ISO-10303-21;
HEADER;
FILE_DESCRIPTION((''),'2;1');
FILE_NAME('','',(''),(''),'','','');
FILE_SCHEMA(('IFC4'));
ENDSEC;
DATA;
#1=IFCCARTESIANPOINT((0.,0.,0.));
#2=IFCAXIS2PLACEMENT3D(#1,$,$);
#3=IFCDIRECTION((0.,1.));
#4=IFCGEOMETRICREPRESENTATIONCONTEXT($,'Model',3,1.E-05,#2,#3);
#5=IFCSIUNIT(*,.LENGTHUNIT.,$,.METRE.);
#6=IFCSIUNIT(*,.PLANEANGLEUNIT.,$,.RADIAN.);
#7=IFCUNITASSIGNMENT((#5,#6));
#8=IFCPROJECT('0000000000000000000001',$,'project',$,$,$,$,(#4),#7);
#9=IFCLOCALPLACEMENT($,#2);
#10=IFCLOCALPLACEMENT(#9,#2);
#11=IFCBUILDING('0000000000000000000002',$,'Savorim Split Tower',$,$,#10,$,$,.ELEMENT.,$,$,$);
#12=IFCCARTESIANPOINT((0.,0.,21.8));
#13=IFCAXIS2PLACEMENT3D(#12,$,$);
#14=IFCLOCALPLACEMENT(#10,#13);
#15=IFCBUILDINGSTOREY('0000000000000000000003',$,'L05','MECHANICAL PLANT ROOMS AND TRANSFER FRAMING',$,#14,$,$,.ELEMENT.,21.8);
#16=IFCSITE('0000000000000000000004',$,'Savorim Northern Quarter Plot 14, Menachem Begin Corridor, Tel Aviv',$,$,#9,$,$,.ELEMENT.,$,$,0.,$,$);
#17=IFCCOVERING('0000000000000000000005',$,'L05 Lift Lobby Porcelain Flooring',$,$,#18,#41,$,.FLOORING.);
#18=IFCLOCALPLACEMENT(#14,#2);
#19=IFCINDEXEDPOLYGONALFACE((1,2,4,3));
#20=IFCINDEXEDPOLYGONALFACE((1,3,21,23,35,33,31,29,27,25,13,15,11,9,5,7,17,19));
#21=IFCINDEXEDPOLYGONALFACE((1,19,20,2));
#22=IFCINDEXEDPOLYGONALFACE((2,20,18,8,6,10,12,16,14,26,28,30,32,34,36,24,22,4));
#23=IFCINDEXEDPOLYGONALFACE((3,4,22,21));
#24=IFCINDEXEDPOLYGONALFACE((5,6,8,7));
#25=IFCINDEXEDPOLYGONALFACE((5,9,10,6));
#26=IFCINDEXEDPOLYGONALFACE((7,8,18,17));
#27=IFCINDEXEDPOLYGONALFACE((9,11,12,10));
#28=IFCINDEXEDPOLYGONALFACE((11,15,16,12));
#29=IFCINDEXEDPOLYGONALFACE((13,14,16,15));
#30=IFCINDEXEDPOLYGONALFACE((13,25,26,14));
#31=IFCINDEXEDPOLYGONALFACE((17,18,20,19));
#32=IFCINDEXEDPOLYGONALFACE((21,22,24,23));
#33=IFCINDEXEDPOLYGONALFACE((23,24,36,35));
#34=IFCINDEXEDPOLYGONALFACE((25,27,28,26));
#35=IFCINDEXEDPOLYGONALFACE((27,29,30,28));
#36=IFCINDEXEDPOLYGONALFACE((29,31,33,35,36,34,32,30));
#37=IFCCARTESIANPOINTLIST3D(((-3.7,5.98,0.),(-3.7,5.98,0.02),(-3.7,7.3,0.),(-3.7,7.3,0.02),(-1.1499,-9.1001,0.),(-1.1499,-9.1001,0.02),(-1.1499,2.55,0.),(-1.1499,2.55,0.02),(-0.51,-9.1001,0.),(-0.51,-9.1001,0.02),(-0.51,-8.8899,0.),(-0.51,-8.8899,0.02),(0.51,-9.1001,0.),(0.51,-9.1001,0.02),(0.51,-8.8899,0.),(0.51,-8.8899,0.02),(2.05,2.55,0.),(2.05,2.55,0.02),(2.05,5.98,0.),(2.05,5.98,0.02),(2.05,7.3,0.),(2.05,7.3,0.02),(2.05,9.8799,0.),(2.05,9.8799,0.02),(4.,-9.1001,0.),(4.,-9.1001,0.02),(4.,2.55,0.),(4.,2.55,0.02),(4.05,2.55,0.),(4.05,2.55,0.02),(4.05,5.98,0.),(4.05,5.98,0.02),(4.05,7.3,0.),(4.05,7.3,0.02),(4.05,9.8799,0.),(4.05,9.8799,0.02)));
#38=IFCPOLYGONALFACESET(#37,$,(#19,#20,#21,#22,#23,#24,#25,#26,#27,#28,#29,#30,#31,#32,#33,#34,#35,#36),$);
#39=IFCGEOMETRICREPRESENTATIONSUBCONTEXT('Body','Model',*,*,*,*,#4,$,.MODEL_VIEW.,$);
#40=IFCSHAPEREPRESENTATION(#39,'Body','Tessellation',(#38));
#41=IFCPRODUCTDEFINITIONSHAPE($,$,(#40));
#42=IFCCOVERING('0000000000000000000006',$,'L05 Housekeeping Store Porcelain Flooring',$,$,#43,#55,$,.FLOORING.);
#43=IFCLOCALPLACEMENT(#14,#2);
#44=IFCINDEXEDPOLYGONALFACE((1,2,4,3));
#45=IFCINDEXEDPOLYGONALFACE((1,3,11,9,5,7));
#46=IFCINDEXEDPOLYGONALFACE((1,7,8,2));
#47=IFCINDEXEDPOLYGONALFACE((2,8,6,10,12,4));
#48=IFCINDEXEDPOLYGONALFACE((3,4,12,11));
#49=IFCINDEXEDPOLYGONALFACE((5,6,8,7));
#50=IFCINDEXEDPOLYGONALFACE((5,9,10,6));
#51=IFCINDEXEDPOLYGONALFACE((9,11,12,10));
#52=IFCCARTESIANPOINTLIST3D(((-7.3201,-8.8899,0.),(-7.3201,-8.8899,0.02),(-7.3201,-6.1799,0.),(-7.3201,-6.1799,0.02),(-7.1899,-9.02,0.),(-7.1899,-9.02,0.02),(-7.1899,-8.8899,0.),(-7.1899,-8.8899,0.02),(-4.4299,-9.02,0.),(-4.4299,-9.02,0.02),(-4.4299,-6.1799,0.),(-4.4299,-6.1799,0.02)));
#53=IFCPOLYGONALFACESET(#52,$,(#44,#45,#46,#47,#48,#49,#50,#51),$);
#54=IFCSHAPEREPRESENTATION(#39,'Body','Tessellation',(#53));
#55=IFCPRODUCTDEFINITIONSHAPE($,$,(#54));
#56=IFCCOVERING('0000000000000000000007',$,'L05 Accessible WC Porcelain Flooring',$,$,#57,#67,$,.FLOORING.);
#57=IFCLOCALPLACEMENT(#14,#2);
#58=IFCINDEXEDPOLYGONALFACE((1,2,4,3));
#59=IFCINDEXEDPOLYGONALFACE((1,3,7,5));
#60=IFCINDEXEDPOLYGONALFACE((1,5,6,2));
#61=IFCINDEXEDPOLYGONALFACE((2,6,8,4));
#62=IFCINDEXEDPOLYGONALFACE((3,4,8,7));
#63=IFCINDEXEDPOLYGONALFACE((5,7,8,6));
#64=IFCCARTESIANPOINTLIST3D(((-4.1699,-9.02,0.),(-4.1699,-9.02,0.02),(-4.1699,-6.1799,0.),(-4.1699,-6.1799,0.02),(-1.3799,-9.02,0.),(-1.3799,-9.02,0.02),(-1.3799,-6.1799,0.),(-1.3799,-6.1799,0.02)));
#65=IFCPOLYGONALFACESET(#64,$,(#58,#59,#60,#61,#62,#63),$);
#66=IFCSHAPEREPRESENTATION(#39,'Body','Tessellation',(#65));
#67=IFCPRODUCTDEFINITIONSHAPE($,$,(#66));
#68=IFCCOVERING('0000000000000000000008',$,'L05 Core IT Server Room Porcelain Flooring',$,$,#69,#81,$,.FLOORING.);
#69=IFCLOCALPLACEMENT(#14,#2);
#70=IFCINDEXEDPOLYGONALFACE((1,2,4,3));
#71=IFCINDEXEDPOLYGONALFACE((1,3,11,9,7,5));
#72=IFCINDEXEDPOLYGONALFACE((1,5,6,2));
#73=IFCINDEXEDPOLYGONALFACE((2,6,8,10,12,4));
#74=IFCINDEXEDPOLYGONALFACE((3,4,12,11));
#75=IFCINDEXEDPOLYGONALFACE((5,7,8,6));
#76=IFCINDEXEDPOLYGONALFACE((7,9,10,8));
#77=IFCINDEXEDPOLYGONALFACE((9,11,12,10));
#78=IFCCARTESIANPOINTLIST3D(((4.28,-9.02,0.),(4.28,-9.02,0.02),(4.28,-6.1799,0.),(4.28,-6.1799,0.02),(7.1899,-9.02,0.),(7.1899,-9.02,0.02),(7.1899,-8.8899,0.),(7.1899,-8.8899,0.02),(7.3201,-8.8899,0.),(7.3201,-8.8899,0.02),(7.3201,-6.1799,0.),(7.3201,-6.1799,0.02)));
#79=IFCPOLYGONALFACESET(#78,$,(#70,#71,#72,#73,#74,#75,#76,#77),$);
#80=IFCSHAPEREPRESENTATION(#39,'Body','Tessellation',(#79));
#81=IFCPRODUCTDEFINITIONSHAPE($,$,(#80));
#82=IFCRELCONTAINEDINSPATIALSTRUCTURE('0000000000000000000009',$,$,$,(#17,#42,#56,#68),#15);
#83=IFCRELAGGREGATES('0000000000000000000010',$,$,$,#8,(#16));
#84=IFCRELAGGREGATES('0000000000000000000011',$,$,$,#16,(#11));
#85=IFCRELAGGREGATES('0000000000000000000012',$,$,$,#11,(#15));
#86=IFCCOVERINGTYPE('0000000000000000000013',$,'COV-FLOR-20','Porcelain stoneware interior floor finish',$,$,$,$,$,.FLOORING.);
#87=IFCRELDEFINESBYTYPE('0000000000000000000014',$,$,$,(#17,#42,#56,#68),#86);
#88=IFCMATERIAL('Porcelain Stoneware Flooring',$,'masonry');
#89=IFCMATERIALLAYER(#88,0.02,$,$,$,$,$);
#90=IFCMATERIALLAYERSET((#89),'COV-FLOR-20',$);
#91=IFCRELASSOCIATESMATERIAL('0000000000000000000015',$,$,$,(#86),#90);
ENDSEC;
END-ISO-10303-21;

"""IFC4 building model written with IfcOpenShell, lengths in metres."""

from ifc_helpers import new_model, si_unit, direction, frame, origin, place, context, subcontext, project, spatial, polyline, outline, extrude, material, layer, layer_set, type_object, element, save


model = new_model("IFC4")

# Units and contexts
model_context = context("Model", 3, precision=1e-05, world=origin(), true_north=direction((0.0, 1.0)))
body_context = subcontext(model_context, "Body", "Model", "MODEL_VIEW")
ifc_project = project(units=[si_unit("LENGTHUNIT", "METRE"), si_unit("PLANEANGLEUNIT", "RADIAN")], contexts=[model_context])

# Site, building, storey
site_placement = place(None, origin())
site = spatial("IfcSite", under=ifc_project, at=site_placement, Name="Savorim Northern Quarter Plot 14, Menachem Begin Corridor, Tel Aviv", CompositionType="ELEMENT", RefElevation=0.0)
building_placement = place(site_placement, origin())
building = spatial("IfcBuilding", under=site, at=building_placement, Name="Savorim Split Tower", CompositionType="ELEMENT")
storey_placement = place(building_placement, frame((0.0, 0.0, 21.8)))
storey = spatial("IfcBuildingStorey", under=building, at=storey_placement, Name="L05", Description="MECHANICAL PLANT ROOMS AND TRANSFER FRAMING", CompositionType="ELEMENT", Elevation=21.8)

# Coverings
ifc_material_1 = material(Name="Porcelain Stoneware Flooring", Category="masonry")
ifc_layer_1 = layer(ifc_material_1, 0.02)
ifc_layer_set_1 = layer_set([ifc_layer_1], Name="COV-FLOR-20")
covering_type_1 = type_object("IfcCoveringType", Name="COV-FLOR-20", Description="Porcelain stoneware interior floor finish", PredefinedType="FLOORING", material=ifc_layer_set_1)
covering_1_placement = place(storey_placement, origin())
element("IfcCovering", 1, at=covering_1_placement, inside=storey, type_object=covering_type_1, Name="L05 Lift Lobby Porcelain Flooring", PredefinedType="FLOORING", context=body_context, shape_type="SweptSolid", body=[
    extrude(outline(polyline([(2.05, 2.55), (-1.1499, 2.55), (-1.1499, -9.1001), (-0.51, -9.1001), (-0.51, -8.8899), (0.51, -8.8899), (0.51, -9.1001), (4.0, -9.1001), (4.0, 2.55), (4.05, 2.55), (4.05, 5.98), (4.05, 7.3), (4.05, 9.8799), (2.05, 9.8799), (2.05, 7.3), (-3.7, 7.3), (-3.7, 5.98), (2.05, 5.98), (2.05, 2.55)])), origin(), (0.0, 0.0, 1.0), 0.02),
])
covering_2_placement = place(storey_placement, origin())
element("IfcCovering", 2, at=covering_2_placement, inside=storey, type_object=covering_type_1, Name="L05 Housekeeping Store Porcelain Flooring", PredefinedType="FLOORING", context=body_context, shape_type="SweptSolid", body=[
    extrude(outline(polyline([(-4.4299, -6.1799), (-7.3201, -6.1799), (-7.3201, -8.8899), (-7.1899, -8.8899), (-7.1899, -9.02), (-4.4299, -9.02), (-4.4299, -6.1799)])), origin(), (0.0, 0.0, 1.0), 0.02),
])
covering_3_placement = place(storey_placement, origin())
element("IfcCovering", 3, at=covering_3_placement, inside=storey, type_object=covering_type_1, Name="L05 Accessible WC Porcelain Flooring", PredefinedType="FLOORING", context=body_context, shape_type="SweptSolid", body=[
    extrude(outline(polyline([(-4.1699, -6.1799), (-4.1699, -9.02), (-1.3799, -9.02), (-1.3799, -6.1799), (-4.1699, -6.1799)])), origin(), (0.0, 0.0, 1.0), 0.02),
])
covering_4_placement = place(storey_placement, origin())
element("IfcCovering", 4, at=covering_4_placement, inside=storey, type_object=covering_type_1, Name="L05 Core IT Server Room Porcelain Flooring", PredefinedType="FLOORING", context=body_context, shape_type="SweptSolid", body=[
    extrude(outline(polyline([(4.28, -6.1799), (4.28, -9.02), (7.1899, -9.02), (7.1899, -8.8899), (7.3201, -8.8899), (7.3201, -6.1799), (4.28, -6.1799)])), origin(), (0.0, 0.0, 1.0), 0.02),
])

save(model, "model.ifc")
